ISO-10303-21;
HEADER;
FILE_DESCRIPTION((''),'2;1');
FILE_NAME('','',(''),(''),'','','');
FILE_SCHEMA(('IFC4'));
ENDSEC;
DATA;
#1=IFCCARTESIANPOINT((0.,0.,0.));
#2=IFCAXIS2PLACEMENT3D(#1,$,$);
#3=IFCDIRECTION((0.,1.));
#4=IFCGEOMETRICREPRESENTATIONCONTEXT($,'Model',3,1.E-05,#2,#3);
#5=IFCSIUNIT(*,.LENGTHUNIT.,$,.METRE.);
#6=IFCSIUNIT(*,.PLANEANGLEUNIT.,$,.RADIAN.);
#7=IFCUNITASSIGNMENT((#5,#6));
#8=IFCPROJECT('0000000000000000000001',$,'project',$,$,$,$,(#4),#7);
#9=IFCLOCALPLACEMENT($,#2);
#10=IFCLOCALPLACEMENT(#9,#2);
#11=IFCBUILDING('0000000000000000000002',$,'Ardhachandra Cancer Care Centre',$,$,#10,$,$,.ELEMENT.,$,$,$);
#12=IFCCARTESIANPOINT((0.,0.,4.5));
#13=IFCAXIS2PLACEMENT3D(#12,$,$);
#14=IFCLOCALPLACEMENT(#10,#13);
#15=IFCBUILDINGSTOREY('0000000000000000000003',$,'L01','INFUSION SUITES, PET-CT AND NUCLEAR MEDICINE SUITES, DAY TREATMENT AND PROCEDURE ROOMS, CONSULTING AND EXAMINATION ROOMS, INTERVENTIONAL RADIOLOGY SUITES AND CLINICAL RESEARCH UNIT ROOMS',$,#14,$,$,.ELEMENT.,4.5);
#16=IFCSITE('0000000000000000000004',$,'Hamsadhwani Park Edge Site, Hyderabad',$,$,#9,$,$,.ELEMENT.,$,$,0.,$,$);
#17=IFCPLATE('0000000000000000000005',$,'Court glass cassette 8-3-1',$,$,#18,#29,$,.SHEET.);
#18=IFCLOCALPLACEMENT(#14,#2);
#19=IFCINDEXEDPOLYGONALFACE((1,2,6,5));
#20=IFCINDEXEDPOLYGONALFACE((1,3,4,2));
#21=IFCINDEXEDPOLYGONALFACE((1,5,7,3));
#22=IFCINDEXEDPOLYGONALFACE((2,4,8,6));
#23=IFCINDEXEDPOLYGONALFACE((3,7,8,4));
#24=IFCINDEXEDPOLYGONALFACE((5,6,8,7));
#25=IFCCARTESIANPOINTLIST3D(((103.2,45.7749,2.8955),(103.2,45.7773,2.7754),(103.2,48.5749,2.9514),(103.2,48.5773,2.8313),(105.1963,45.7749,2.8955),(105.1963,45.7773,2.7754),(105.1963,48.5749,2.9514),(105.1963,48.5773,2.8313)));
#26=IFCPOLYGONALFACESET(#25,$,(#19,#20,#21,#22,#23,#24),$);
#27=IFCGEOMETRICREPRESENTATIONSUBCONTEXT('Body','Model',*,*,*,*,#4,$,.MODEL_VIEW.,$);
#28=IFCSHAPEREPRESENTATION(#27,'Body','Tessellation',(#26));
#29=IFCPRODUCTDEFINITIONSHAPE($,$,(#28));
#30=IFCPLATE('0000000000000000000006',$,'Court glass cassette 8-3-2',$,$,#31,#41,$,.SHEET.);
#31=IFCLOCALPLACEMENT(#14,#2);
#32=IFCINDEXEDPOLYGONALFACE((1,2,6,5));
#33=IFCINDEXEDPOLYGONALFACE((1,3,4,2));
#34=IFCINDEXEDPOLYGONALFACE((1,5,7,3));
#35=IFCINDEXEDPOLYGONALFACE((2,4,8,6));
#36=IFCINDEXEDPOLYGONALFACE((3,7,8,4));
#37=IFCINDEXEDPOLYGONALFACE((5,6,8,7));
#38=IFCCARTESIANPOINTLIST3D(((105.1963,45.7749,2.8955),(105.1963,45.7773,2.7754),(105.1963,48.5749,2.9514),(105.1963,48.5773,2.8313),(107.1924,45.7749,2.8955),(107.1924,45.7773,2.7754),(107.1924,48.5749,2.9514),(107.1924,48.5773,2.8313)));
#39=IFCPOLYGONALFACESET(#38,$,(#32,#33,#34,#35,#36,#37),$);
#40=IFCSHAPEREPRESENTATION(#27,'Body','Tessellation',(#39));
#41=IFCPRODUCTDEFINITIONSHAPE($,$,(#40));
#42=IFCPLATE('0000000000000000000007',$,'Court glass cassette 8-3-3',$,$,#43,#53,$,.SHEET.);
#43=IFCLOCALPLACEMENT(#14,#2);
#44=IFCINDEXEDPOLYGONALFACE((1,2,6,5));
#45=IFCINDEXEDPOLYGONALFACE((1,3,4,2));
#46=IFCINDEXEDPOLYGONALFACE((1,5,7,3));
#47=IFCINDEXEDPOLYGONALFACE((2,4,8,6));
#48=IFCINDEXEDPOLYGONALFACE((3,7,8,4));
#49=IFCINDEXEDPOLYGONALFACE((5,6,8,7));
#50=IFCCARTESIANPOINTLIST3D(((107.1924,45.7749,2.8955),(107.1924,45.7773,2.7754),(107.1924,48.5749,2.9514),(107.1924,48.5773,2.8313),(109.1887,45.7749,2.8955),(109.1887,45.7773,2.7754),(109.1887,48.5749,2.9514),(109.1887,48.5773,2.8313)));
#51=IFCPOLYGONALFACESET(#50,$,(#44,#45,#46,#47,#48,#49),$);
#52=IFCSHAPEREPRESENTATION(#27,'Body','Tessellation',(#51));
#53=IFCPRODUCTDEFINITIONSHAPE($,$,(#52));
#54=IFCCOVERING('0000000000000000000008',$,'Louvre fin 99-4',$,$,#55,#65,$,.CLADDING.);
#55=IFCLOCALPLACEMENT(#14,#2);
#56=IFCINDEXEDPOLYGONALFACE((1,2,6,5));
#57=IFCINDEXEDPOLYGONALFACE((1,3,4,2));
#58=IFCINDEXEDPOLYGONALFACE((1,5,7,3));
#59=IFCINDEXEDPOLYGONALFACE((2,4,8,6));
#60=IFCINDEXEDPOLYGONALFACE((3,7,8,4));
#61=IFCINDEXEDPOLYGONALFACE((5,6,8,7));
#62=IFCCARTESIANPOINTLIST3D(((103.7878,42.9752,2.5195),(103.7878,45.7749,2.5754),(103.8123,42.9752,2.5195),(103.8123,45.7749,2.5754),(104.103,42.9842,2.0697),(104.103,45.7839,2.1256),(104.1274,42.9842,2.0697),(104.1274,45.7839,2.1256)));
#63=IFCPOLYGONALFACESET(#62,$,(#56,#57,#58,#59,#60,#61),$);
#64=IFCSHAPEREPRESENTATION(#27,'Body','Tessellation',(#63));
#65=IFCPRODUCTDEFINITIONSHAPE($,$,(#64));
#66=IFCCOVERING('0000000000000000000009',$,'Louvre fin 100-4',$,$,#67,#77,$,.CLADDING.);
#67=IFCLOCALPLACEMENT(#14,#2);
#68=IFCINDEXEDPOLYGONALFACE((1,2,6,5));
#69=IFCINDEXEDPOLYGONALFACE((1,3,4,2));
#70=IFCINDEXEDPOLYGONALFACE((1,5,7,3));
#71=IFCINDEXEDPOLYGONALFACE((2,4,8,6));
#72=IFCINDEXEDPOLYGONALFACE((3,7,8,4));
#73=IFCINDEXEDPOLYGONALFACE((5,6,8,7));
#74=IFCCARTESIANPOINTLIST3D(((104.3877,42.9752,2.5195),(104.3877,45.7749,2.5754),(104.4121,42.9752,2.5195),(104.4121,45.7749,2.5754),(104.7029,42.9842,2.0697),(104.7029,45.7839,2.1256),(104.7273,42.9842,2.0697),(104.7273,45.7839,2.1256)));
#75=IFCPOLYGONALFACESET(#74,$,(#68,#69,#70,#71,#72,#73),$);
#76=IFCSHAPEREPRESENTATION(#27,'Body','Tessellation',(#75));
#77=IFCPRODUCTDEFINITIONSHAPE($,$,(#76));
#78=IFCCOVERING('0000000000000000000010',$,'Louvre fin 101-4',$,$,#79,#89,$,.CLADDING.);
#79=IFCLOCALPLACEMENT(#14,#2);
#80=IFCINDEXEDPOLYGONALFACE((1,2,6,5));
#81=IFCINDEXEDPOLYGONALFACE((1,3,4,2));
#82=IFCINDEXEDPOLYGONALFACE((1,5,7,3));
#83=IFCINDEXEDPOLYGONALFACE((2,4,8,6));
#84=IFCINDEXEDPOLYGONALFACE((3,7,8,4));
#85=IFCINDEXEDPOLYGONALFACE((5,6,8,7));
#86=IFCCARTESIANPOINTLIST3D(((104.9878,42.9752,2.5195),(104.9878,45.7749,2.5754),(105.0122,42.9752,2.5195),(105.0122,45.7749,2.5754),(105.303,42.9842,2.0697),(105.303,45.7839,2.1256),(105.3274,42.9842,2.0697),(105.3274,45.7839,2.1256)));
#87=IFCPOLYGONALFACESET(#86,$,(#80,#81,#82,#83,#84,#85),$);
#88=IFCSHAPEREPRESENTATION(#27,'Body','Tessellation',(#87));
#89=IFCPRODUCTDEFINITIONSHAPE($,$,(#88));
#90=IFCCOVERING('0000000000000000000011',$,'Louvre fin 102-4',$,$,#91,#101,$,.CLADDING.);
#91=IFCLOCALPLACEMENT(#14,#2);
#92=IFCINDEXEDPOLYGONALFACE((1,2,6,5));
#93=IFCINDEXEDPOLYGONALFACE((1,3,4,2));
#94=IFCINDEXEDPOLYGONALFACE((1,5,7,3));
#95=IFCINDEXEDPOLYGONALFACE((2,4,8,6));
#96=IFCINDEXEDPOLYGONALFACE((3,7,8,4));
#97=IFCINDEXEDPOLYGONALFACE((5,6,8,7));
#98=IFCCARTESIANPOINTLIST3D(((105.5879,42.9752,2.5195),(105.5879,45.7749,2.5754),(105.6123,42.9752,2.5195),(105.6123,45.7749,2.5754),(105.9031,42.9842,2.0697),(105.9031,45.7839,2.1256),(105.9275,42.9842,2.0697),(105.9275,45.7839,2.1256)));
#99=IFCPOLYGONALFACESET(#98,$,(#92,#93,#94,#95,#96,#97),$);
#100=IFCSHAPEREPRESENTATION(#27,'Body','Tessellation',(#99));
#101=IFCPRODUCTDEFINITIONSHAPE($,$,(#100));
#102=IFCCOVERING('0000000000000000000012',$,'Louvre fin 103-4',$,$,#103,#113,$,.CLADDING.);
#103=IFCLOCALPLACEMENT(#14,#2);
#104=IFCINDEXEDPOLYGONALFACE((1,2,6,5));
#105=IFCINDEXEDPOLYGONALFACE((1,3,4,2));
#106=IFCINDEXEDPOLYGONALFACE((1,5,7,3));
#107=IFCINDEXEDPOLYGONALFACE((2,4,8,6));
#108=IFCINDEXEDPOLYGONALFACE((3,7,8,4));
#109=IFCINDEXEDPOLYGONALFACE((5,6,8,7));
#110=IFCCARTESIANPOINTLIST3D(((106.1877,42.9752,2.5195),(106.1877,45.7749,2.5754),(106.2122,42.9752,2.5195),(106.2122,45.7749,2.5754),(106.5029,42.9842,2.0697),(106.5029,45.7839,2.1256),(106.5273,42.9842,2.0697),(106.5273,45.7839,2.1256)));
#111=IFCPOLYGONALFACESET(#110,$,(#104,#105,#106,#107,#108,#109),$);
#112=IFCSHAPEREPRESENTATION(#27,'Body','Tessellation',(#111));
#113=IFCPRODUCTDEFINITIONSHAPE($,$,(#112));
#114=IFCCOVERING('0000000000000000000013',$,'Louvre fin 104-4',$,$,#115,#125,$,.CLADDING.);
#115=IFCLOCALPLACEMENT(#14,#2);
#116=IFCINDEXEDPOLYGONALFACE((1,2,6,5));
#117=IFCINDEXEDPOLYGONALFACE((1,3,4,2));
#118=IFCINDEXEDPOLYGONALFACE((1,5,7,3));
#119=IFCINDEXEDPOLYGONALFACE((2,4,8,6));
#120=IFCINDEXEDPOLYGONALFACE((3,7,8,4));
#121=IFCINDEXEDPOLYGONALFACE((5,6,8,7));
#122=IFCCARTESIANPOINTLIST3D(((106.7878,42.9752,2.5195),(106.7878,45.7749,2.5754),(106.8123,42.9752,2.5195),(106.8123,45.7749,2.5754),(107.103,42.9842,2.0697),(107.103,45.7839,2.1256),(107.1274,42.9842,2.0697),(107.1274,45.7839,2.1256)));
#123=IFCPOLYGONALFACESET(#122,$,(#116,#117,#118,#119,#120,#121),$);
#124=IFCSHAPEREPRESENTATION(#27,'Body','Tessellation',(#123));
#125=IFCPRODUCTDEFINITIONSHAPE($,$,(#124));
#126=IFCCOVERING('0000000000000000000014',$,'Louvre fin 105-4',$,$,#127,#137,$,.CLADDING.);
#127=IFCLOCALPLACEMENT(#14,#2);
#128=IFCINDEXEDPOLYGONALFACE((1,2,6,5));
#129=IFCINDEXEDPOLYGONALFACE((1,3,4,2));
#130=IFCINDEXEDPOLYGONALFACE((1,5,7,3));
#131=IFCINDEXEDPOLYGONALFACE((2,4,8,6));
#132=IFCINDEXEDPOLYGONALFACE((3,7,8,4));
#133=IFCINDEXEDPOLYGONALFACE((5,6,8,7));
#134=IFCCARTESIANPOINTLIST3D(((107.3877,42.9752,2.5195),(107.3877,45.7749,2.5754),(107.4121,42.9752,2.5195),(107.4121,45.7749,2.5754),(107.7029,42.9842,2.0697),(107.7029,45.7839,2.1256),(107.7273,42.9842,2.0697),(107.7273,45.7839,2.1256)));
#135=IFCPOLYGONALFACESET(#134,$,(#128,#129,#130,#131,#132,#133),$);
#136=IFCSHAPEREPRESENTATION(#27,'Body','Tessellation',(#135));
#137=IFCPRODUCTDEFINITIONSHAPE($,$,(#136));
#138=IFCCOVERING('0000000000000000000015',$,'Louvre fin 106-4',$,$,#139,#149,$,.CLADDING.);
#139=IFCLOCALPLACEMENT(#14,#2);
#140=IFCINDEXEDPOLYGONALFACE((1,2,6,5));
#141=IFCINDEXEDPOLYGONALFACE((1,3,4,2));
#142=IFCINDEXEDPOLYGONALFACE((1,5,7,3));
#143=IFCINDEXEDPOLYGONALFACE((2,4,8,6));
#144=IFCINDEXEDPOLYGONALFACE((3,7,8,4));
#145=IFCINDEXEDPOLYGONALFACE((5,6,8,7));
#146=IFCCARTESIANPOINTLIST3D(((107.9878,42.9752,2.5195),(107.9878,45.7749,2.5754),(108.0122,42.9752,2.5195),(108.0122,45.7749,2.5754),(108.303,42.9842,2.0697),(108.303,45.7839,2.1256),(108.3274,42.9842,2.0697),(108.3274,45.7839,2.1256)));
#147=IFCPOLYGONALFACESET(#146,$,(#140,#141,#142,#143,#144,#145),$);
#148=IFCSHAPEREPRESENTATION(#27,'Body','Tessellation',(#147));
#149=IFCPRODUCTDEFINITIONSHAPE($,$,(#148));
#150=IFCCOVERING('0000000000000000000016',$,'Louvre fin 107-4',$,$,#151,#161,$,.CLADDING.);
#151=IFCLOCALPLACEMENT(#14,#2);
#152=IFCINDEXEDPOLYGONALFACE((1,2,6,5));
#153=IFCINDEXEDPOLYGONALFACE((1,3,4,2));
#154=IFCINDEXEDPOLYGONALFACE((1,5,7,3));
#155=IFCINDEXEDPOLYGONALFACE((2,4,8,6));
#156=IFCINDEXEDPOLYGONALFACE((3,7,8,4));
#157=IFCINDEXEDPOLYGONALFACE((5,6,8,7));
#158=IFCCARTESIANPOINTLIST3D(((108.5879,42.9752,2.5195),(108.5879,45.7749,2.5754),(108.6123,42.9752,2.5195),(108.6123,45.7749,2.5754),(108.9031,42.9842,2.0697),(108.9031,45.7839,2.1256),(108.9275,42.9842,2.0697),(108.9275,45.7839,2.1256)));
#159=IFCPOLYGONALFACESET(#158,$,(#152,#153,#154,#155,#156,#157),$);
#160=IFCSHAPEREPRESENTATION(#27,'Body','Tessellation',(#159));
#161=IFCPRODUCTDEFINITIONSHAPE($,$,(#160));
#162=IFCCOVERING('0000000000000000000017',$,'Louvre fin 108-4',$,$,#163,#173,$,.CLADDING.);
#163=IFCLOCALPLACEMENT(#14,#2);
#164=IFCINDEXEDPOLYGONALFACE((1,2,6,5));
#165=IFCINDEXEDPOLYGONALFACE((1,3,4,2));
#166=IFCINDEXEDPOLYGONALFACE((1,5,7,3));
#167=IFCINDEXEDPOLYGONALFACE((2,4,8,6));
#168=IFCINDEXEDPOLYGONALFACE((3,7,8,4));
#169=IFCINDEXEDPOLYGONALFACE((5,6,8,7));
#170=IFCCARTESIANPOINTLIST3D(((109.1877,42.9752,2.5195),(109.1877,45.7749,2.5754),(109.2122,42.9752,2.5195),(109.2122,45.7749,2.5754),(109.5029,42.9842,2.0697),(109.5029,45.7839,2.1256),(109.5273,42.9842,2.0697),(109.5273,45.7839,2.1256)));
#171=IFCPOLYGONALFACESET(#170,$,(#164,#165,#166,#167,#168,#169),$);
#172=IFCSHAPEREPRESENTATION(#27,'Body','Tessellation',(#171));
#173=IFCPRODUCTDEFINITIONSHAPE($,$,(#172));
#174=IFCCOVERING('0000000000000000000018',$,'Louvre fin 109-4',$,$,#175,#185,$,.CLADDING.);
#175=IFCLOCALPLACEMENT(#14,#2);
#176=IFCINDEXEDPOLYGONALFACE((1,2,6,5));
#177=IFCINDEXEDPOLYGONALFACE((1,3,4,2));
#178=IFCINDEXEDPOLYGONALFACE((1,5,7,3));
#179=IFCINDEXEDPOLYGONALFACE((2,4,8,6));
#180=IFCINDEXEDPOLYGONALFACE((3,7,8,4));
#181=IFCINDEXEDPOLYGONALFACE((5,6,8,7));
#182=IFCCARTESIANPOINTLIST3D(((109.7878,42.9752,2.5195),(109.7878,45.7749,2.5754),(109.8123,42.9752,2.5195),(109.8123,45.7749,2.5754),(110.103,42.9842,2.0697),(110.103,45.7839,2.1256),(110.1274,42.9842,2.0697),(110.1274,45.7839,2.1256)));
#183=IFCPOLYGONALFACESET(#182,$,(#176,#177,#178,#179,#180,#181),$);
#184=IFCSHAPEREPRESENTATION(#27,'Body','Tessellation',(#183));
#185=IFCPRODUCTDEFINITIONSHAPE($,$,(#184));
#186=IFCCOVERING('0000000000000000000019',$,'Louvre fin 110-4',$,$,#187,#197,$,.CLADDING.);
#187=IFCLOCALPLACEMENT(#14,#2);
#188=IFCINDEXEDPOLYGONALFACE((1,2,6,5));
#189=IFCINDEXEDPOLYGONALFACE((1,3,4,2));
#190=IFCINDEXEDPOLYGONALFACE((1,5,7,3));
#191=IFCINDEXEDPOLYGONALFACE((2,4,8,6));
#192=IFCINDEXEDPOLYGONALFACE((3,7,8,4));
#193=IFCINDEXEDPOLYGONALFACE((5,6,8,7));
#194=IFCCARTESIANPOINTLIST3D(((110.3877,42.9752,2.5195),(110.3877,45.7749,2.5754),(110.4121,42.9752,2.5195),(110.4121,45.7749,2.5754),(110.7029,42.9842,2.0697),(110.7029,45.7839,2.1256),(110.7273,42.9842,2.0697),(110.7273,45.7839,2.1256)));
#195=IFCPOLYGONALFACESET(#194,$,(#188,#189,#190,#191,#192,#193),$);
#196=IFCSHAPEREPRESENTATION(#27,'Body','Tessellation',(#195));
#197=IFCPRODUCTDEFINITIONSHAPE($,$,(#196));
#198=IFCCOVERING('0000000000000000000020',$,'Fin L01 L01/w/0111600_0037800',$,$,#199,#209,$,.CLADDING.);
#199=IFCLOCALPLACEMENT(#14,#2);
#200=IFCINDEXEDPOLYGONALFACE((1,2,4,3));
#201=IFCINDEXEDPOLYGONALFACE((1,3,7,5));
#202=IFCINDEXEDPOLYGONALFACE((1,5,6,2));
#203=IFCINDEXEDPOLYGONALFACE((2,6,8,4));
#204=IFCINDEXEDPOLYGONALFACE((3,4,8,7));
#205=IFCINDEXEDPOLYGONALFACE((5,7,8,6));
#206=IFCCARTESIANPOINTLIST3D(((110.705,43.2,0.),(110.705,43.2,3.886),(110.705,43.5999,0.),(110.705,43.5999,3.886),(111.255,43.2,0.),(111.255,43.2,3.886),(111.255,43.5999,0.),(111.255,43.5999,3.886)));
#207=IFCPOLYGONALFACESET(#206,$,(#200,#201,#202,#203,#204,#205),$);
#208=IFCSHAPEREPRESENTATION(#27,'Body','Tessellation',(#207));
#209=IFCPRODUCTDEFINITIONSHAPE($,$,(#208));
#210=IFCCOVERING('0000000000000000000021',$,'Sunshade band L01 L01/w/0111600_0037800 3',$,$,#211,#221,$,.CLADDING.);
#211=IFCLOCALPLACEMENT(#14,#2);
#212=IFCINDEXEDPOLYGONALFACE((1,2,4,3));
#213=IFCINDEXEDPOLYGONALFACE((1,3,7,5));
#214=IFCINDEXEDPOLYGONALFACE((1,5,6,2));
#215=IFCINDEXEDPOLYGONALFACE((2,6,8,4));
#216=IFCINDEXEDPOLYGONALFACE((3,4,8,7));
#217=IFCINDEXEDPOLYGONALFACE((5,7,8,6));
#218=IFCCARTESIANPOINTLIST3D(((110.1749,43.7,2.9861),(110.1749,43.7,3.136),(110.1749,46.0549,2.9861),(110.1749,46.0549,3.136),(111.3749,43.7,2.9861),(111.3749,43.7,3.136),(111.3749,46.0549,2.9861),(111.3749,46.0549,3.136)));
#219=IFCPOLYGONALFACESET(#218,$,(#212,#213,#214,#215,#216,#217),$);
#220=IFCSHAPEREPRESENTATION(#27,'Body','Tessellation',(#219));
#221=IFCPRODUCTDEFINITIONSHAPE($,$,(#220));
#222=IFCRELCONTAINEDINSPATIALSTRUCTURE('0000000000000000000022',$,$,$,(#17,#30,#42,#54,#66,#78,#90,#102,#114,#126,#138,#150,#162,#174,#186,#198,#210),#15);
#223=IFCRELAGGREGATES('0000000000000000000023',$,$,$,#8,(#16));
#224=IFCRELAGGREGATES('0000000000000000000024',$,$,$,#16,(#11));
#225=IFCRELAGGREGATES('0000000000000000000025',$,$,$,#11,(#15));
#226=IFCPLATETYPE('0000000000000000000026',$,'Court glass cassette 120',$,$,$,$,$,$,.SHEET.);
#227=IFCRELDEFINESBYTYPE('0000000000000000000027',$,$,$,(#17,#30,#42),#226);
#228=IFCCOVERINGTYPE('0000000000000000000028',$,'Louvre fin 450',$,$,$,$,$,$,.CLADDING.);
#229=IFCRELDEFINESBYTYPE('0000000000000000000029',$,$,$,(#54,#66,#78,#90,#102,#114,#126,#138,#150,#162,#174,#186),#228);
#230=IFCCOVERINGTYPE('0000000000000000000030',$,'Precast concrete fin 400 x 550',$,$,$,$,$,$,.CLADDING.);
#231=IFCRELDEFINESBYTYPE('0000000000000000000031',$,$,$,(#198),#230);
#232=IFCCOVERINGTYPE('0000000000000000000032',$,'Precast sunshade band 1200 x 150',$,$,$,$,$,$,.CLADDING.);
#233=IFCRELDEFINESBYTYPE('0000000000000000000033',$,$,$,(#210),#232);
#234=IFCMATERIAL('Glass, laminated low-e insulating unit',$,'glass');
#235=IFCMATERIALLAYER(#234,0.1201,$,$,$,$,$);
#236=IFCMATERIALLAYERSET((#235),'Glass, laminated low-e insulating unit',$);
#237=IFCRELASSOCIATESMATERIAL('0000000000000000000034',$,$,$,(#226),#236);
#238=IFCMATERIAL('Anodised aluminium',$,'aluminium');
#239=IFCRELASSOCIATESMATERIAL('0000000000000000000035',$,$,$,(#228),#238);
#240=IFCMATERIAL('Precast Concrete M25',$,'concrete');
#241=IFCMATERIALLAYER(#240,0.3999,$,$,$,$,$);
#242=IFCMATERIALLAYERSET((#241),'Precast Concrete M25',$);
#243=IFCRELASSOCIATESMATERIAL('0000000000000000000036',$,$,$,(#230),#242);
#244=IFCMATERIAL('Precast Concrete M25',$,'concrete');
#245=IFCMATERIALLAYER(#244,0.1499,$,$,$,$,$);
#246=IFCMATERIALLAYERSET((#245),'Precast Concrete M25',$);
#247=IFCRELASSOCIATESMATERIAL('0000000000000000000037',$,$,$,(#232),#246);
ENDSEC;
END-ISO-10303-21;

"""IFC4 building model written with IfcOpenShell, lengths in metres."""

from ifc_helpers import new_model, si_unit, direction, frame, origin, origin_2d, place, context, subcontext, project, spatial, polyline, rectangle, outline, extrude, material, layer, layer_set, material_profile, profile_set, type_object, element, save


model = new_model("IFC4")

# Units and contexts
model_context = context("Model", 3, precision=1e-05, world=origin(), true_north=direction((0.0, 1.0)))
body_context = subcontext(model_context, "Body", "Model", "MODEL_VIEW")
ifc_project = project(units=[si_unit("LENGTHUNIT", "METRE"), si_unit("PLANEANGLEUNIT", "RADIAN")], contexts=[model_context])

# Site, building, storey
site_placement = place(None, origin())
site = spatial("IfcSite", under=ifc_project, at=site_placement, Name="Hamsadhwani Park Edge Site, Hyderabad", CompositionType="ELEMENT", RefElevation=0.0)
building_placement = place(site_placement, origin())
building = spatial("IfcBuilding", under=site, at=building_placement, Name="Ardhachandra Cancer Care Centre", CompositionType="ELEMENT")
storey_placement = place(building_placement, frame((0.0, 0.0, 4.5)))
storey = spatial("IfcBuildingStorey", under=building, at=storey_placement, Name="L01", Description="INFUSION SUITES, PET-CT AND NUCLEAR MEDICINE SUITES, DAY TREATMENT AND PROCEDURE ROOMS, CONSULTING AND EXAMINATION ROOMS, INTERVENTIONAL RADIOLOGY SUITES AND CLINICAL RESEARCH UNIT ROOMS", CompositionType="ELEMENT", Elevation=4.5)

# Plates
ifc_material_1 = material(Name="Glass, laminated low-e insulating unit", Category="glass")
ifc_layer_1 = layer(ifc_material_1, 0.1201)
ifc_layer_set_1 = layer_set([ifc_layer_1], Name="Glass, laminated low-e insulating unit")
plate_type = type_object("IfcPlateType", Name="Court glass cassette 120", PredefinedType="SHEET", material=ifc_layer_set_1)
plate_1_placement = place(storey_placement, frame((103.2, 45.7749, 2.8955), z_axis=(0.0, -0.019963, 0.999801), x_axis=(0.0, 0.999801, 0.019963)))
element("IfcPlate", 1, at=plate_1_placement, inside=storey, type_object=plate_type, Name="Court glass cassette 8-3-1", PredefinedType="SHEET", context=body_context, shape_type="SweptSolid", body=[
    extrude(outline(polyline([(0.0, -1.9963), (2.8005, -1.9963), (2.8005, 0.0), (0.0, 0.0), (0.0, -1.9963)])), frame((0.0, 0.0, -0.1201)), (0.0, 0.0, 1.0), 0.1201),
])
plate_2_placement = place(storey_placement, frame((105.1963, 45.7749, 2.8955), z_axis=(0.0, -0.019963, 0.999801), x_axis=(0.0, 0.999801, 0.019963)))
element("IfcPlate", 2, at=plate_2_placement, inside=storey, type_object=plate_type, Name="Court glass cassette 8-3-2", PredefinedType="SHEET", context=body_context, shape_type="SweptSolid", body=[
    extrude(outline(polyline([(0.0, -1.9961), (2.8005, -1.9961), (2.8005, 0.0), (0.0, 0.0), (0.0, -1.9961)])), frame((0.0, 0.0, -0.1201)), (0.0, 0.0, 1.0), 0.1201),
])
plate_3_placement = place(storey_placement, frame((107.1924, 45.7749, 2.8955), z_axis=(0.0, -0.019963, 0.999801), x_axis=(0.0, 0.999801, 0.019963)))
element("IfcPlate", 3, at=plate_3_placement, inside=storey, type_object=plate_type, Name="Court glass cassette 8-3-3", PredefinedType="SHEET", context=body_context, shape_type="SweptSolid", body=[
    extrude(outline(polyline([(0.0, -1.9963), (2.8005, -1.9963), (2.8005, 0.0), (0.0, 0.0), (0.0, -1.9963)])), frame((0.0, 0.0, -0.1201)), (0.0, 0.0, 1.0), 0.1201),
])

# Coverings
ifc_material_2 = material(Name="Anodised aluminium", Category="aluminium")
ifc_material_profile_1 = material_profile(ifc_material_2, outline(polyline([(-0.0122, 0.0), (0.0122, 0.0), (0.3274, -0.45), (0.303, -0.45), (-0.0122, 0.0)])), Name="Louvre fin 450")
ifc_profile_set_1 = profile_set([ifc_material_profile_1], Name="Anodised aluminium")
covering_type_1 = type_object("IfcCoveringType", Name="Louvre fin 450", PredefinedType="CLADDING", material=ifc_profile_set_1)
for number, where, z_axis, x_axis, name in (
    (4, (103.8, 45.7749, 2.5754), (0.0, -0.999801, -0.019965), (1.0, 0.0, 0.0), "Louvre fin 99-4"),
    (5, (104.3999, 45.7749, 2.5754), (0.0, -0.999801, -0.019965), (1.0, 0.0, 0.0), "Louvre fin 100-4"),
    (6, (105.0, 45.7749, 2.5754), (0.0, -0.999801, -0.019965), (1.0, 0.0, 0.0), "Louvre fin 101-4"),
    (7, (105.6001, 45.7749, 2.5754), (0.0, -0.999801, -0.019965), (1.0, 0.0, 0.0), "Louvre fin 102-4"),
    (8, (106.2, 45.7749, 2.5754), (0.0, -0.999801, -0.019965), (1.0, 0.0, 0.0), "Louvre fin 103-4"),
    (9, (106.8, 45.7749, 2.5754), (0.0, -0.999801, -0.019965), (1.0, 0.0, 0.0), "Louvre fin 104-4"),
    (10, (107.3999, 45.7749, 2.5754), (0.0, -0.999801, -0.019965), (1.0, 0.0, 0.0), "Louvre fin 105-4"),
    (11, (108.0, 45.7749, 2.5754), (0.0, -0.999801, -0.019965), (1.0, 0.0, 0.0), "Louvre fin 106-4"),
    (12, (108.6001, 45.7749, 2.5754), (0.0, -0.999801, -0.019965), (1.0, 0.0, 0.0), "Louvre fin 107-4"),
    (13, (109.2, 45.7749, 2.5754), (0.0, -0.999801, -0.019965), (1.0, 0.0, 0.0), "Louvre fin 108-4"),
    (14, (109.8, 45.7749, 2.5754), (0.0, -0.999801, -0.019965), (1.0, 0.0, 0.0), "Louvre fin 109-4"),
    (15, (110.3999, 45.7749, 2.5754), (0.0, -0.999801, -0.019965), (1.0, 0.0, 0.0), "Louvre fin 110-4"),
):
    element("IfcCovering", number, at=place(storey_placement, frame(where, z_axis=z_axis, x_axis=x_axis)), inside=storey, type_object=covering_type_1, Name=name, PredefinedType="CLADDING", context=body_context, shape_type="SweptSolid", body=[
        extrude(outline(polyline([(-0.0122, 0.0), (0.0122, 0.0), (0.3274, -0.45), (0.303, -0.45), (-0.0122, 0.0)])), origin(), (0.0, 0.0, 1.0), 2.8003),
    ])
ifc_material_3 = material(Name="Precast Concrete M25", Category="concrete")
ifc_layer_2 = layer(ifc_material_3, 0.3999)
ifc_layer_set_2 = layer_set([ifc_layer_2], Name="Precast Concrete M25")
covering_type_2 = type_object("IfcCoveringType", Name="Precast concrete fin 400 x 550", PredefinedType="CLADDING", material=ifc_layer_set_2)
covering_1_placement = place(storey_placement, frame((110.98, 43.3999, 0.0), z_axis=(0.0, 0.0, 1.0), x_axis=(0.0, 1.0, 0.0)))
element("IfcCovering", 16, at=covering_1_placement, inside=storey, type_object=covering_type_2, Name="Fin L01 L01/w/0111600_0037800", PredefinedType="CLADDING", context=body_context, shape_type="SweptSolid", body=[
    extrude(rectangle(XDim=0.3999, YDim=0.55, at=origin_2d()), origin(), (0.0, 0.0, 1.0), 3.886),
])
ifc_material_4 = material(Name="Precast Concrete M25", Category="concrete")
ifc_layer_3 = layer(ifc_material_4, 0.1499)
ifc_layer_set_3 = layer_set([ifc_layer_3], Name="Precast Concrete M25")
covering_type_3 = type_object("IfcCoveringType", Name="Precast sunshade band 1200 x 150", PredefinedType="CLADDING", material=ifc_layer_set_3)
covering_2_placement = place(storey_placement, frame((110.7749, 44.8774, 2.9861), z_axis=(0.0, 0.0, 1.0), x_axis=(0.0, 1.0, 0.0)))
element("IfcCovering", 17, at=covering_2_placement, inside=storey, type_object=covering_type_3, Name="Sunshade band L01 L01/w/0111600_0037800 3", PredefinedType="CLADDING", context=body_context, shape_type="SweptSolid", body=[
    extrude(rectangle(XDim=2.355, YDim=1.2, at=origin_2d()), origin(), (0.0, 0.0, 1.0), 0.1499),
])

save(model, "model.ifc")
